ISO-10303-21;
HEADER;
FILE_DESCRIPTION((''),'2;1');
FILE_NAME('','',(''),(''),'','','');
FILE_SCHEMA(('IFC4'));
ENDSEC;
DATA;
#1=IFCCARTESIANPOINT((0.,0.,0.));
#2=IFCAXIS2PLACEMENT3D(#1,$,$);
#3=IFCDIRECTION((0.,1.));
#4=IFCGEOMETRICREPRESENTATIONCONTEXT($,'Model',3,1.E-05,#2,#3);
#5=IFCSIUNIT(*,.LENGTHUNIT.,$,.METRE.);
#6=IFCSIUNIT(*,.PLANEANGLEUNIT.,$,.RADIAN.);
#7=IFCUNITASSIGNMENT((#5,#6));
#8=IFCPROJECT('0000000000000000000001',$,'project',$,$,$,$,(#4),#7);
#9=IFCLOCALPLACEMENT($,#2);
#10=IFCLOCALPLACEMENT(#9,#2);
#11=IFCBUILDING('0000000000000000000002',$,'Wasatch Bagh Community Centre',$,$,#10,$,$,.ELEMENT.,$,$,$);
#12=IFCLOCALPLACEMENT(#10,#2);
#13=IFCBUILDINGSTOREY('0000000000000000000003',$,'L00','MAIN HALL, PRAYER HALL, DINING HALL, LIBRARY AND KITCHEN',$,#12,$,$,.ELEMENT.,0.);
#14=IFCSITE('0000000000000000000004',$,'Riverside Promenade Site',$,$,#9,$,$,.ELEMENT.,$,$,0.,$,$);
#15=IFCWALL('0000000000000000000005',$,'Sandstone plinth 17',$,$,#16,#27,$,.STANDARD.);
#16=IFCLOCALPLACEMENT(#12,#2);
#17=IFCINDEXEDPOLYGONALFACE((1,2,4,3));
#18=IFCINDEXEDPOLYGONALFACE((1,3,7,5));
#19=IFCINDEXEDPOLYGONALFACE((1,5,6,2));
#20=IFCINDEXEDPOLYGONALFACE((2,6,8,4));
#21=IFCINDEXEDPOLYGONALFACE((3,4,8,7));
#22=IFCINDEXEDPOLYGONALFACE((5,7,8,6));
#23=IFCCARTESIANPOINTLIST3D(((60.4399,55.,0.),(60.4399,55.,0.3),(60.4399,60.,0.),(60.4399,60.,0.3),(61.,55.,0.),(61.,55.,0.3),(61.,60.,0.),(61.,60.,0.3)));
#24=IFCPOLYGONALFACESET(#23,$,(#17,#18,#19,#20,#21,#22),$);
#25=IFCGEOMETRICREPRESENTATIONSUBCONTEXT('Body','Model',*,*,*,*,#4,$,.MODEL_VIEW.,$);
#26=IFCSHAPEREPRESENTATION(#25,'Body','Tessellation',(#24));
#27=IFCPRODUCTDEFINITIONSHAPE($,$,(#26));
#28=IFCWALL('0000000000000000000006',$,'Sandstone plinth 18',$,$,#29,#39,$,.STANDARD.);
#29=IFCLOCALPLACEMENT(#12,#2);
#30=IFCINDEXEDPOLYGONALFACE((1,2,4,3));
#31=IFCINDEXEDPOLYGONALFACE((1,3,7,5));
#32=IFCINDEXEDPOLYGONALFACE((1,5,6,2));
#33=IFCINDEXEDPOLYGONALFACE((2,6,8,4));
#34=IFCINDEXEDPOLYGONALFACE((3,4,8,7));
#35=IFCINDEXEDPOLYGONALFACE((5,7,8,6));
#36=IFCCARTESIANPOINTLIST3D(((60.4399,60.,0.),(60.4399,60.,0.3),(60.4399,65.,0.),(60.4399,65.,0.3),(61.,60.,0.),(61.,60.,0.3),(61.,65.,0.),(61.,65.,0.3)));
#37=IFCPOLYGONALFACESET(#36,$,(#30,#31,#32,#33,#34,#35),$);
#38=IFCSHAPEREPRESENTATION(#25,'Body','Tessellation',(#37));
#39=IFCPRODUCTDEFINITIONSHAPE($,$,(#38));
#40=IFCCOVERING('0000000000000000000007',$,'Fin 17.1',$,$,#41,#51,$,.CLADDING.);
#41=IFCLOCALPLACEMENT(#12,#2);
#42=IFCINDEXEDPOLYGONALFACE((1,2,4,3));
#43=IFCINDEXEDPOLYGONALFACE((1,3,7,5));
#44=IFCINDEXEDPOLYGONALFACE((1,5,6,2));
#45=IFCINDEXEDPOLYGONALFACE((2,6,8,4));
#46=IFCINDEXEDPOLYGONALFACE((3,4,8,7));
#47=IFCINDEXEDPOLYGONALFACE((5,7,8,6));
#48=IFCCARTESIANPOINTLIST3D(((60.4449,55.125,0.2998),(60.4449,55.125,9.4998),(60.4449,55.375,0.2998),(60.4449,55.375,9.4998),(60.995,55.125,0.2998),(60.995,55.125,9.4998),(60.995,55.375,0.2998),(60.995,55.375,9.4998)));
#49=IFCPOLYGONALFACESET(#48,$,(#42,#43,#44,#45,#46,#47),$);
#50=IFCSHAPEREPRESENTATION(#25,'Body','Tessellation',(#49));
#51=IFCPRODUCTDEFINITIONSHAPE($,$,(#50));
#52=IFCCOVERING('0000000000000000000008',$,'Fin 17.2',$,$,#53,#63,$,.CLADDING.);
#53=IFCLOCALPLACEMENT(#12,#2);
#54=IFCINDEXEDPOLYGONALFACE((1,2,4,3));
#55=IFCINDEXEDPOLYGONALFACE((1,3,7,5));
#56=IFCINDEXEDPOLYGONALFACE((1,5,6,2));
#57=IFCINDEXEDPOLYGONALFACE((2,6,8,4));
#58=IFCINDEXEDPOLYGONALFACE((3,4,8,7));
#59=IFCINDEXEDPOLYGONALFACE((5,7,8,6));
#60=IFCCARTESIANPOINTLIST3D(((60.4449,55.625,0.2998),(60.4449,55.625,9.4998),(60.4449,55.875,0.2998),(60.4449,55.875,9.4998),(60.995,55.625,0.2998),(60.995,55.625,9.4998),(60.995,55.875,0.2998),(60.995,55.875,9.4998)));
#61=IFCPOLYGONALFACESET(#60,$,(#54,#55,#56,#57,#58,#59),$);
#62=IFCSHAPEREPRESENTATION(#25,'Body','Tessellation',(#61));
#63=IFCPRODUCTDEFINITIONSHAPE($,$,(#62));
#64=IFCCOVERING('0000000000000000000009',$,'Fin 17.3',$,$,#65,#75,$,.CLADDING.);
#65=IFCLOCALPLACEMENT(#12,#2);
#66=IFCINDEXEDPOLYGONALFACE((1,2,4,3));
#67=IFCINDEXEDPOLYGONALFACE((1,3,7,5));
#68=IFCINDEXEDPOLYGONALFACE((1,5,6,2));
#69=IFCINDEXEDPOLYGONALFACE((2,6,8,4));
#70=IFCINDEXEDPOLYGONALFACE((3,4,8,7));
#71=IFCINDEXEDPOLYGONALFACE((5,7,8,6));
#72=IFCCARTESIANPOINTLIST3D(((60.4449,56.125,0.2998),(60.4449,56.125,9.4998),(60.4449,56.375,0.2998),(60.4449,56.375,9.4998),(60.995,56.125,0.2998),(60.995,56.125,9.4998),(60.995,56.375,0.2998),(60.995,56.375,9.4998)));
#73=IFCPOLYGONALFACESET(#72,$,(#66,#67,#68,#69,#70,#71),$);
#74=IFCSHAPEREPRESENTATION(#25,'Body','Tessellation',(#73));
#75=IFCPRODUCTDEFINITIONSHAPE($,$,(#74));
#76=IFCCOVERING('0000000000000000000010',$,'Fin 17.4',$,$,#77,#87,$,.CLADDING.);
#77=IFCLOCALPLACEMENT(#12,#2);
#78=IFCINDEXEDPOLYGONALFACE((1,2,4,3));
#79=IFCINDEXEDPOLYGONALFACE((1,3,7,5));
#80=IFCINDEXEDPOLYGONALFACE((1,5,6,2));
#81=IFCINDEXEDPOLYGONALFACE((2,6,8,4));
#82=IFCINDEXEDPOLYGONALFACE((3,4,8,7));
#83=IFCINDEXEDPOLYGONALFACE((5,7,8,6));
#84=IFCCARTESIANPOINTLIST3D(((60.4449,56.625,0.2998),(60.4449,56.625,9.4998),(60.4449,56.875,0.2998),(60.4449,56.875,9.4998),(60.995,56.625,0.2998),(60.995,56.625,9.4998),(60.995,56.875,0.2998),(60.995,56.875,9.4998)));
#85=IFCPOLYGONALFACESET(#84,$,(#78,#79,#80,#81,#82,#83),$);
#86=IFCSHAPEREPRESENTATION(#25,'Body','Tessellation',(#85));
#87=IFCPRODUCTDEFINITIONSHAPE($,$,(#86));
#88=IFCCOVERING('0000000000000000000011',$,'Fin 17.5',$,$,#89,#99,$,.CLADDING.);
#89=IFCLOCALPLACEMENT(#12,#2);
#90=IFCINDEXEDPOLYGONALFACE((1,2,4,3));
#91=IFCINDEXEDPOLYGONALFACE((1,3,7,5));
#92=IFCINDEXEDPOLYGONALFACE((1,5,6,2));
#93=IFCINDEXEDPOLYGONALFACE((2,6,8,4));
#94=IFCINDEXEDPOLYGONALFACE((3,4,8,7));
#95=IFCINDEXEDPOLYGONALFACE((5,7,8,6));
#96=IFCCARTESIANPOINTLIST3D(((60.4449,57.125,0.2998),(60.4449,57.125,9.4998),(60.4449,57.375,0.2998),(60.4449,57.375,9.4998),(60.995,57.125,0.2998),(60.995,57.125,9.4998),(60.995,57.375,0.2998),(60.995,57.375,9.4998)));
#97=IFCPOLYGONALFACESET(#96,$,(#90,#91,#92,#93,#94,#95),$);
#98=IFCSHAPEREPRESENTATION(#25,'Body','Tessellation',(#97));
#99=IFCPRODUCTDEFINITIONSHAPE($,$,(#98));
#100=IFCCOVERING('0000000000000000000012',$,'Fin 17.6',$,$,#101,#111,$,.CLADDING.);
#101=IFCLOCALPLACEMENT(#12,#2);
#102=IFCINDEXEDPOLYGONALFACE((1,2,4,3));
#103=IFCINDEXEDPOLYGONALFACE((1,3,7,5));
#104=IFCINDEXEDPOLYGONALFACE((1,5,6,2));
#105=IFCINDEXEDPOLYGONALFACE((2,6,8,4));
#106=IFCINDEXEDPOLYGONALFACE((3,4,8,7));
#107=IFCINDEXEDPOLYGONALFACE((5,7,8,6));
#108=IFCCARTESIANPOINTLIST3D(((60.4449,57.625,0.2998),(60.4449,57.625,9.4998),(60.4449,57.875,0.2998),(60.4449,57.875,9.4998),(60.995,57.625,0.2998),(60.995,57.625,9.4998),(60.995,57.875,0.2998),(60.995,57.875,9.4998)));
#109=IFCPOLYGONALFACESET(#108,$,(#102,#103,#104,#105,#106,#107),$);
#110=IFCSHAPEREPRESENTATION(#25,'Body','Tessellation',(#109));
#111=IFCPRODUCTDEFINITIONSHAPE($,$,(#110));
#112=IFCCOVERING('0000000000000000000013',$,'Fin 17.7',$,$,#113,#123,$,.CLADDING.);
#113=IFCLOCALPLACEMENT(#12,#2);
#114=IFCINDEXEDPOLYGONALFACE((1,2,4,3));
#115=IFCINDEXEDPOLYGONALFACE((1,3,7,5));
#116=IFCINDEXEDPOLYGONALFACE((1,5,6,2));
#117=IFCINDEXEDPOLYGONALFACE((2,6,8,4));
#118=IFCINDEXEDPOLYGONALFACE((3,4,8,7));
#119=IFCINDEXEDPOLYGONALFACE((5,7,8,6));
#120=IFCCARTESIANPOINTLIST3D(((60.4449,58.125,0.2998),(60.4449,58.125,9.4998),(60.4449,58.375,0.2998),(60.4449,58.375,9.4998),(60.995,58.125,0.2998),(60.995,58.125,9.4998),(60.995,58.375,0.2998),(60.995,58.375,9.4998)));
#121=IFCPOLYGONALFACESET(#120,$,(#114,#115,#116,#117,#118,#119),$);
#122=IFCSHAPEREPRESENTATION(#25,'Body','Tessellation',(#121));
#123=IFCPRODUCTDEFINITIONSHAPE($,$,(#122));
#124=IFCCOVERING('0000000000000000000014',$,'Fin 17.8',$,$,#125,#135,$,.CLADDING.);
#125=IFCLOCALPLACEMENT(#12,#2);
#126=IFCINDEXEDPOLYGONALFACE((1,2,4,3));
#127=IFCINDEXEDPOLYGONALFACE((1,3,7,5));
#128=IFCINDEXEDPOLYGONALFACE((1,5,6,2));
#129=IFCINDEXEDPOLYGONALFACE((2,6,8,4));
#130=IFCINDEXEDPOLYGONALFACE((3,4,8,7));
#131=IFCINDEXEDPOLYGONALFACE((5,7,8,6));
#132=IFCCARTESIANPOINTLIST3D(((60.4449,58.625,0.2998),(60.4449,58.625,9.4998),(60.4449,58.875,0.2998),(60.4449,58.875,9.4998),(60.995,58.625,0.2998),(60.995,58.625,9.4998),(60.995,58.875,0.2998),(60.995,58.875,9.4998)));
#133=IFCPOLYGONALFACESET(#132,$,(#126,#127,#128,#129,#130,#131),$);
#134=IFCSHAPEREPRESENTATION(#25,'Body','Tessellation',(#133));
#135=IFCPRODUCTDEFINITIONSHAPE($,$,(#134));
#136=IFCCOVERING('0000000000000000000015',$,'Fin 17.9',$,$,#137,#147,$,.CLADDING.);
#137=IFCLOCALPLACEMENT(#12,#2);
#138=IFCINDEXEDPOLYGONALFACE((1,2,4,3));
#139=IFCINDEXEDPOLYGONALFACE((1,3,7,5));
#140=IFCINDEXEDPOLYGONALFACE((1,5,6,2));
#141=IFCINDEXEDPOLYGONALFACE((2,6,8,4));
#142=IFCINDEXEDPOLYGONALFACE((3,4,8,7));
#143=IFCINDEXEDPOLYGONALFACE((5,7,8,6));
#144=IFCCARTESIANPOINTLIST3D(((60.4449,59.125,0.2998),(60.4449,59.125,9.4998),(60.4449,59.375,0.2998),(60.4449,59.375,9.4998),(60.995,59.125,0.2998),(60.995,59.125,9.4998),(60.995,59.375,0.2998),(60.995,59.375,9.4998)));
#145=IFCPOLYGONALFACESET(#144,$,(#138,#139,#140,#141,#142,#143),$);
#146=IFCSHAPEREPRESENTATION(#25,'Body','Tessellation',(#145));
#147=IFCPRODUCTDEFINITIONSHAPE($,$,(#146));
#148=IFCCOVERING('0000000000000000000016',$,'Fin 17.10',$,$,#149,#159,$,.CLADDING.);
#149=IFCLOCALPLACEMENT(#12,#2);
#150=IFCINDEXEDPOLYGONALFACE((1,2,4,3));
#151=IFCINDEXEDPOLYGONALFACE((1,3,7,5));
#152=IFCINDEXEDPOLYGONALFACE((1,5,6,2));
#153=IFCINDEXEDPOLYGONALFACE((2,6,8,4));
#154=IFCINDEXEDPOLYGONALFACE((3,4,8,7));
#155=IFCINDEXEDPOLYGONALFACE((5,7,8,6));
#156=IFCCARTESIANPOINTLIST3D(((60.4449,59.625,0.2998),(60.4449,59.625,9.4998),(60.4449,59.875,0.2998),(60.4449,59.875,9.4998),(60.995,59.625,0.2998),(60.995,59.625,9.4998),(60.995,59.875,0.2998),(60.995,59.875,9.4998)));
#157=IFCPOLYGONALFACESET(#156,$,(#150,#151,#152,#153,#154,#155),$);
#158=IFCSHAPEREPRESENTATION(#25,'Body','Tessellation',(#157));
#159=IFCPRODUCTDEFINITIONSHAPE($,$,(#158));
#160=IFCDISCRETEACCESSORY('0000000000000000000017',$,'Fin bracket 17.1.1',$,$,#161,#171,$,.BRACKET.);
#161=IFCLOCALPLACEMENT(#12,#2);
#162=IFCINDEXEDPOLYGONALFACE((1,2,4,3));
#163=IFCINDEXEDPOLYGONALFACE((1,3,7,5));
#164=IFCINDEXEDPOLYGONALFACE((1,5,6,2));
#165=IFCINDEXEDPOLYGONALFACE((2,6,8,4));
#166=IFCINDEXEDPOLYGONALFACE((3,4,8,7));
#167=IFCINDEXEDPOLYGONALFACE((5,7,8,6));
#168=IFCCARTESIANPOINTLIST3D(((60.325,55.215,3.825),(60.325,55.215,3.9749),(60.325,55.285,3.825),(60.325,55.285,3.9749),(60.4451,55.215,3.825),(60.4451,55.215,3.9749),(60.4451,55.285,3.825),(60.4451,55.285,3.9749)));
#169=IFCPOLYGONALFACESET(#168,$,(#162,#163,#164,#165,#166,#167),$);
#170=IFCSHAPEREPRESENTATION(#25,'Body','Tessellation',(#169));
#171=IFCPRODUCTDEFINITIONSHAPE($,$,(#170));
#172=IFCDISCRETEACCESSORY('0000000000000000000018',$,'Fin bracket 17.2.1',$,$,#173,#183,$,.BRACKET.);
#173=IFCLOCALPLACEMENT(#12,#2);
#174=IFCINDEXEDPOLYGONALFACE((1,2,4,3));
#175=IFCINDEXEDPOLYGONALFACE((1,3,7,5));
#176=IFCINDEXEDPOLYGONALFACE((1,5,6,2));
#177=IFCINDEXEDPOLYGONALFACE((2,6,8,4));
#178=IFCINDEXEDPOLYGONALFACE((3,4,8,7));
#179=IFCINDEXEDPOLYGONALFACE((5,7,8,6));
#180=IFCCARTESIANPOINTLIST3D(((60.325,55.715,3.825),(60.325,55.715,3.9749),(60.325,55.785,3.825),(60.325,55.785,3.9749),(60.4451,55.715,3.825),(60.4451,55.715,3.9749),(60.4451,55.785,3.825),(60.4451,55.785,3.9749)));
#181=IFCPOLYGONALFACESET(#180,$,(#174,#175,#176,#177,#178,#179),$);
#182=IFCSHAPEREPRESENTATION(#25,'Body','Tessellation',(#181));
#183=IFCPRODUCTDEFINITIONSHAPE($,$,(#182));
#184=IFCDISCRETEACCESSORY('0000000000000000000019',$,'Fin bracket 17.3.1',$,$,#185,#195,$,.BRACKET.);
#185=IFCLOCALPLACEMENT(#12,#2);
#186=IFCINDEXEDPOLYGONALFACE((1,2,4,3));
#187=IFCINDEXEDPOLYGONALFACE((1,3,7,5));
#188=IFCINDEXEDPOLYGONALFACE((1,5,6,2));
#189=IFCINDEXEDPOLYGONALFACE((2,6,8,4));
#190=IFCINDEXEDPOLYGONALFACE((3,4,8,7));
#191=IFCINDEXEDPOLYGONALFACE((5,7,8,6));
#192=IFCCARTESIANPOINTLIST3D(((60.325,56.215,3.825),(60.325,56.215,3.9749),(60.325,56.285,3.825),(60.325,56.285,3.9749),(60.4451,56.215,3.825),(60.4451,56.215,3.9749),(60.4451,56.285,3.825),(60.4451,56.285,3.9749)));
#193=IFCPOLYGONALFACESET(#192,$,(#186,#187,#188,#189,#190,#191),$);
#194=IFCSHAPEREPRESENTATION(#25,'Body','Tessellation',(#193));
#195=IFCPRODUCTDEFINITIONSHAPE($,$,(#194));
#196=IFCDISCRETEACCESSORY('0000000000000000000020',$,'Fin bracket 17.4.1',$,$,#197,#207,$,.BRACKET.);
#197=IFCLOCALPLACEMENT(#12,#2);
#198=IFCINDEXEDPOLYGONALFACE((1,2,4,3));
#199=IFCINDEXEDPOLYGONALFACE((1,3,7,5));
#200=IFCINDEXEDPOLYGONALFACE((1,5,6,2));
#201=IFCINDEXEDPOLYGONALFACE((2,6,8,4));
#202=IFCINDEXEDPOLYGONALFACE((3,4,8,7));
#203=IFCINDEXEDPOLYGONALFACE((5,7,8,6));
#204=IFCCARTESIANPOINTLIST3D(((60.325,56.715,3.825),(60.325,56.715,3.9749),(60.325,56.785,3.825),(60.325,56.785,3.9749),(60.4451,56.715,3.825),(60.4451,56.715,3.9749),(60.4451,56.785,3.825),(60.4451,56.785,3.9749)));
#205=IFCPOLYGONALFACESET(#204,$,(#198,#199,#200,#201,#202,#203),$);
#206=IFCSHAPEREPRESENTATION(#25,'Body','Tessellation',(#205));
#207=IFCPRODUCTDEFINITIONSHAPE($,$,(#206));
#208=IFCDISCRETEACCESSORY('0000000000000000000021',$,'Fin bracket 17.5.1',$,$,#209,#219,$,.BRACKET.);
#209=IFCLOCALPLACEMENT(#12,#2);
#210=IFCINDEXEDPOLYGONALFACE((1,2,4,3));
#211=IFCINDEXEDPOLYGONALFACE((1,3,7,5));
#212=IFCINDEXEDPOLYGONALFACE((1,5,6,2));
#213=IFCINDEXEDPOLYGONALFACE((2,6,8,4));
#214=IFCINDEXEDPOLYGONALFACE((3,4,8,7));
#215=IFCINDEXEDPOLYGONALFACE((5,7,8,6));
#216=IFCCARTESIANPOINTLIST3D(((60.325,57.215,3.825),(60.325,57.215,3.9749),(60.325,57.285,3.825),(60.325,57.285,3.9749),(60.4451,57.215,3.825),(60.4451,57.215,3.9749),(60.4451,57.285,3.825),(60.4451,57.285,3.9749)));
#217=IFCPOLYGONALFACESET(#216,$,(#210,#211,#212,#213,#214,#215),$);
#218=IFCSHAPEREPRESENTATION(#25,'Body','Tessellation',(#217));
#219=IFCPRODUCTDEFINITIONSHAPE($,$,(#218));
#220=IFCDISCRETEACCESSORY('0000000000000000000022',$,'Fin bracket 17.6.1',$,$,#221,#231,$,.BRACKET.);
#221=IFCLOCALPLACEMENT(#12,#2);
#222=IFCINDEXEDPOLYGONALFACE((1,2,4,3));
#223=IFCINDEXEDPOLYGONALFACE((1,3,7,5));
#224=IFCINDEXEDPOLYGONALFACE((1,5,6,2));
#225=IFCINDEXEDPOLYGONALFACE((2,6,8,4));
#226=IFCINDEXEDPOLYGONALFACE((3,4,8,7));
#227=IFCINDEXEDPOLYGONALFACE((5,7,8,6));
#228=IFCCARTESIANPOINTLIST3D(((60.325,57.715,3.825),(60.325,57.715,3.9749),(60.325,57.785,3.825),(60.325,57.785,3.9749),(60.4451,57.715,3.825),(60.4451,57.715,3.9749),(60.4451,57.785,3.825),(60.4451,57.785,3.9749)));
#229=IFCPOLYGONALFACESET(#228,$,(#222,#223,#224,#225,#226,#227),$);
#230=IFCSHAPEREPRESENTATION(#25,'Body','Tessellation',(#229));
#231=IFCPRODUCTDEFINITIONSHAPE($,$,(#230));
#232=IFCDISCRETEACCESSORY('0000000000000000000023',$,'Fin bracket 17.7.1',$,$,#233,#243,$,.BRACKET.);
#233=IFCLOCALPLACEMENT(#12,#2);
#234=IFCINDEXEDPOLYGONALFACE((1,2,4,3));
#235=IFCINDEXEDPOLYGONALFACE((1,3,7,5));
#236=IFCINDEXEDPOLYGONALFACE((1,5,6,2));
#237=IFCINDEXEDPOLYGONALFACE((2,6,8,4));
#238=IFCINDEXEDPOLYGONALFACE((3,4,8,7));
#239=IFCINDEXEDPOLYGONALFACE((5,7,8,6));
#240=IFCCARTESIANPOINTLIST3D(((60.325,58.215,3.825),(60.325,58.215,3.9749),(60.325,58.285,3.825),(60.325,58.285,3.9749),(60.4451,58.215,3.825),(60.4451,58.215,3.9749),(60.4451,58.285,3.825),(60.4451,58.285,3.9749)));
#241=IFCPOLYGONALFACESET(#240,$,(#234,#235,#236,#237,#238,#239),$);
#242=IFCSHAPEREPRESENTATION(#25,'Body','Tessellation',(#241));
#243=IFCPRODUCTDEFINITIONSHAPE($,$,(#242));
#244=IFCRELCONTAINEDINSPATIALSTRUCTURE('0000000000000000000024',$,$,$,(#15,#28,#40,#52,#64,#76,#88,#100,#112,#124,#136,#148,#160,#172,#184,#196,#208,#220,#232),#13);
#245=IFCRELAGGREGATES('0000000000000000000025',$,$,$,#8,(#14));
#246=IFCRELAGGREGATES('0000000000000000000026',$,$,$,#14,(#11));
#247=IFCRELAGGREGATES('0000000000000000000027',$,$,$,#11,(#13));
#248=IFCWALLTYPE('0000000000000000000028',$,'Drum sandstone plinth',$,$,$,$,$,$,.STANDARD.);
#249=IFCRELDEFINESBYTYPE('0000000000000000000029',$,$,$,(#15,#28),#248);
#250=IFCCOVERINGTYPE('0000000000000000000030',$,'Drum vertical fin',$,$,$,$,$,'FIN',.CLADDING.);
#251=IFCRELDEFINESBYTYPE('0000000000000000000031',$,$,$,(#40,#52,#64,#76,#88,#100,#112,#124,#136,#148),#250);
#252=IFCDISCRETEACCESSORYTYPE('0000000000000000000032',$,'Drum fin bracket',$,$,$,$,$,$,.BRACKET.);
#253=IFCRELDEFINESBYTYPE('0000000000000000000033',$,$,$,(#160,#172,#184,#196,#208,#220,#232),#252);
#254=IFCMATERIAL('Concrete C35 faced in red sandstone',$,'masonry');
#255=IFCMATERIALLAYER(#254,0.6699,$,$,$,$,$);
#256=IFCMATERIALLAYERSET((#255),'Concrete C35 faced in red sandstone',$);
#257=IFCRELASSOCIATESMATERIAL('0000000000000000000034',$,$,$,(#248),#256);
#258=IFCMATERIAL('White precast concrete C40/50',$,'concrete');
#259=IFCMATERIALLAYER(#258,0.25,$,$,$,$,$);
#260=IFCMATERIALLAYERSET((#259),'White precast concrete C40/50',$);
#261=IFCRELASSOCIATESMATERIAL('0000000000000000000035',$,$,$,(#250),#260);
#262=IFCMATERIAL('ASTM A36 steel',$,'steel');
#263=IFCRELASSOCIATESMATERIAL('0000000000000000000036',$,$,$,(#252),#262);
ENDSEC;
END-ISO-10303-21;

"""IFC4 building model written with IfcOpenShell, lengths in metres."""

from ifc_helpers import new_model, si_unit, direction, frame, frame_2d, origin, origin_2d, place, context, subcontext, project, spatial, rectangle, extrude, material, layer, layer_set, type_object, element, save


model = new_model("IFC4")

# Units and contexts
model_context = context("Model", 3, precision=1e-05, world=origin(), true_north=direction((0.0, 1.0)))
body_context = subcontext(model_context, "Body", "Model", "MODEL_VIEW")
ifc_project = project(units=[si_unit("LENGTHUNIT", "METRE"), si_unit("PLANEANGLEUNIT", "RADIAN")], contexts=[model_context])

# Site, building, storey
site_placement = place(None, origin())
site = spatial("IfcSite", under=ifc_project, at=site_placement, Name="Riverside Promenade Site", CompositionType="ELEMENT", RefElevation=0.0)
building_placement = place(site_placement, origin())
building = spatial("IfcBuilding", under=site, at=building_placement, Name="Wasatch Bagh Community Centre", CompositionType="ELEMENT")
storey_placement = place(building_placement, origin())
storey = spatial("IfcBuildingStorey", under=building, at=storey_placement, Name="L00", Description="MAIN HALL, PRAYER HALL, DINING HALL, LIBRARY AND KITCHEN", CompositionType="ELEMENT", Elevation=0.0)

# Walls
ifc_material_1 = material(Name="Concrete C35 faced in red sandstone", Category="masonry")
ifc_layer_1 = layer(ifc_material_1, 0.6699)
ifc_layer_set_1 = layer_set([ifc_layer_1], Name="Concrete C35 faced in red sandstone")
wall_type = type_object("IfcWallType", Name="Drum sandstone plinth", PredefinedType="STANDARD", material=ifc_layer_set_1)
for number, where, z_axis, x_axis, name in (
    (1, (60.72, 55.0, 0.0), (0.0, 0.0, 1.0), (0.0, 1.0, 0.0), "Sandstone plinth 17"),
    (2, (60.72, 60.0, 0.0), (0.0, 0.0, 1.0), (0.0, 1.0, 0.0), "Sandstone plinth 18"),
):
    element("IfcWall", number, at=place(storey_placement, frame(where, z_axis=z_axis, x_axis=x_axis)), inside=storey, type_object=wall_type, Name=name, PredefinedType="STANDARD", context=body_context, shape_type="SweptSolid", body=[
        extrude(rectangle(XDim=5.0, YDim=0.5601, at=frame_2d((2.5, 0.0))), origin(), (0.0, 0.0, 1.0), 0.3),
    ])

# Coverings
ifc_material_2 = material(Name="White precast concrete C40/50", Category="concrete")
ifc_layer_2 = layer(ifc_material_2, 0.25)
ifc_layer_set_2 = layer_set([ifc_layer_2], Name="White precast concrete C40/50")
covering_type = type_object("IfcCoveringType", Name="Drum vertical fin", ElementType="FIN", PredefinedType="CLADDING", material=ifc_layer_set_2)
for number, where, z_axis, x_axis, name in (
    (3, (60.72, 55.25, 0.2998), (0.0, 0.0, 1.0), (0.0, 1.0, 0.0), "Fin 17.1"),
    (4, (60.72, 55.75, 0.2998), (0.0, 0.0, 1.0), (0.0, 1.0, 0.0), "Fin 17.2"),
    (5, (60.72, 56.25, 0.2998), (0.0, 0.0, 1.0), (0.0, 1.0, 0.0), "Fin 17.3"),
    (6, (60.72, 56.75, 0.2998), (0.0, 0.0, 1.0), (0.0, 1.0, 0.0), "Fin 17.4"),
    (7, (60.72, 57.25, 0.2998), (0.0, 0.0, 1.0), (0.0, 1.0, 0.0), "Fin 17.5"),
    (8, (60.72, 57.75, 0.2998), (0.0, 0.0, 1.0), (0.0, 1.0, 0.0), "Fin 17.6"),
    (9, (60.72, 58.25, 0.2998), (0.0, 0.0, 1.0), (0.0, 1.0, 0.0), "Fin 17.7"),
    (10, (60.72, 58.75, 0.2998), (0.0, 0.0, 1.0), (0.0, 1.0, 0.0), "Fin 17.8"),
    (11, (60.72, 59.25, 0.2998), (0.0, 0.0, 1.0), (0.0, 1.0, 0.0), "Fin 17.9"),
    (12, (60.72, 59.75, 0.2998), (0.0, 0.0, 1.0), (0.0, 1.0, 0.0), "Fin 17.10"),
):
    element("IfcCovering", number, at=place(storey_placement, frame(where, z_axis=z_axis, x_axis=x_axis)), inside=storey, type_object=covering_type, Name=name, PredefinedType="CLADDING", context=body_context, shape_type="SweptSolid", body=[
        extrude(rectangle(XDim=0.25, YDim=0.55, at=origin_2d()), origin(), (0.0, 0.0, 1.0), 9.2),
    ])

# Discrete accessories
ifc_material_3 = material(Name="ASTM A36 steel", Category="steel")
discrete_accessory_type = type_object("IfcDiscreteAccessoryType", Name="Drum fin bracket", PredefinedType="BRACKET", material=ifc_material_3)
for number, where, z_axis, x_axis, name in (
    (13, (60.385, 55.25, 3.825), (0.0, 0.0, 1.0), (0.0, 1.0, 0.0), "Fin bracket 17.1.1"),
    (14, (60.385, 55.75, 3.825), (0.0, 0.0, 1.0), (0.0, 1.0, 0.0), "Fin bracket 17.2.1"),
    (15, (60.385, 56.25, 3.825), (0.0, 0.0, 1.0), (0.0, 1.0, 0.0), "Fin bracket 17.3.1"),
    (16, (60.385, 56.75, 3.825), (0.0, 0.0, 1.0), (0.0, 1.0, 0.0), "Fin bracket 17.4.1"),
    (17, (60.385, 57.25, 3.825), (0.0, 0.0, 1.0), (0.0, 1.0, 0.0), "Fin bracket 17.5.1"),
    (18, (60.385, 57.75, 3.825), (0.0, 0.0, 1.0), (0.0, 1.0, 0.0), "Fin bracket 17.6.1"),
    (19, (60.385, 58.25, 3.825), (0.0, 0.0, 1.0), (0.0, 1.0, 0.0), "Fin bracket 17.7.1"),
):
    element("IfcDiscreteAccessory", number, at=place(storey_placement, frame(where, z_axis=z_axis, x_axis=x_axis)), inside=storey, type_object=discrete_accessory_type, Name=name, PredefinedType="BRACKET", context=body_context, shape_type="SweptSolid", body=[
        extrude(rectangle(XDim=0.0701, YDim=0.1201, at=origin_2d()), origin(), (0.0, 0.0, 1.0), 0.1499),
    ])

save(model, "model.ifc")
